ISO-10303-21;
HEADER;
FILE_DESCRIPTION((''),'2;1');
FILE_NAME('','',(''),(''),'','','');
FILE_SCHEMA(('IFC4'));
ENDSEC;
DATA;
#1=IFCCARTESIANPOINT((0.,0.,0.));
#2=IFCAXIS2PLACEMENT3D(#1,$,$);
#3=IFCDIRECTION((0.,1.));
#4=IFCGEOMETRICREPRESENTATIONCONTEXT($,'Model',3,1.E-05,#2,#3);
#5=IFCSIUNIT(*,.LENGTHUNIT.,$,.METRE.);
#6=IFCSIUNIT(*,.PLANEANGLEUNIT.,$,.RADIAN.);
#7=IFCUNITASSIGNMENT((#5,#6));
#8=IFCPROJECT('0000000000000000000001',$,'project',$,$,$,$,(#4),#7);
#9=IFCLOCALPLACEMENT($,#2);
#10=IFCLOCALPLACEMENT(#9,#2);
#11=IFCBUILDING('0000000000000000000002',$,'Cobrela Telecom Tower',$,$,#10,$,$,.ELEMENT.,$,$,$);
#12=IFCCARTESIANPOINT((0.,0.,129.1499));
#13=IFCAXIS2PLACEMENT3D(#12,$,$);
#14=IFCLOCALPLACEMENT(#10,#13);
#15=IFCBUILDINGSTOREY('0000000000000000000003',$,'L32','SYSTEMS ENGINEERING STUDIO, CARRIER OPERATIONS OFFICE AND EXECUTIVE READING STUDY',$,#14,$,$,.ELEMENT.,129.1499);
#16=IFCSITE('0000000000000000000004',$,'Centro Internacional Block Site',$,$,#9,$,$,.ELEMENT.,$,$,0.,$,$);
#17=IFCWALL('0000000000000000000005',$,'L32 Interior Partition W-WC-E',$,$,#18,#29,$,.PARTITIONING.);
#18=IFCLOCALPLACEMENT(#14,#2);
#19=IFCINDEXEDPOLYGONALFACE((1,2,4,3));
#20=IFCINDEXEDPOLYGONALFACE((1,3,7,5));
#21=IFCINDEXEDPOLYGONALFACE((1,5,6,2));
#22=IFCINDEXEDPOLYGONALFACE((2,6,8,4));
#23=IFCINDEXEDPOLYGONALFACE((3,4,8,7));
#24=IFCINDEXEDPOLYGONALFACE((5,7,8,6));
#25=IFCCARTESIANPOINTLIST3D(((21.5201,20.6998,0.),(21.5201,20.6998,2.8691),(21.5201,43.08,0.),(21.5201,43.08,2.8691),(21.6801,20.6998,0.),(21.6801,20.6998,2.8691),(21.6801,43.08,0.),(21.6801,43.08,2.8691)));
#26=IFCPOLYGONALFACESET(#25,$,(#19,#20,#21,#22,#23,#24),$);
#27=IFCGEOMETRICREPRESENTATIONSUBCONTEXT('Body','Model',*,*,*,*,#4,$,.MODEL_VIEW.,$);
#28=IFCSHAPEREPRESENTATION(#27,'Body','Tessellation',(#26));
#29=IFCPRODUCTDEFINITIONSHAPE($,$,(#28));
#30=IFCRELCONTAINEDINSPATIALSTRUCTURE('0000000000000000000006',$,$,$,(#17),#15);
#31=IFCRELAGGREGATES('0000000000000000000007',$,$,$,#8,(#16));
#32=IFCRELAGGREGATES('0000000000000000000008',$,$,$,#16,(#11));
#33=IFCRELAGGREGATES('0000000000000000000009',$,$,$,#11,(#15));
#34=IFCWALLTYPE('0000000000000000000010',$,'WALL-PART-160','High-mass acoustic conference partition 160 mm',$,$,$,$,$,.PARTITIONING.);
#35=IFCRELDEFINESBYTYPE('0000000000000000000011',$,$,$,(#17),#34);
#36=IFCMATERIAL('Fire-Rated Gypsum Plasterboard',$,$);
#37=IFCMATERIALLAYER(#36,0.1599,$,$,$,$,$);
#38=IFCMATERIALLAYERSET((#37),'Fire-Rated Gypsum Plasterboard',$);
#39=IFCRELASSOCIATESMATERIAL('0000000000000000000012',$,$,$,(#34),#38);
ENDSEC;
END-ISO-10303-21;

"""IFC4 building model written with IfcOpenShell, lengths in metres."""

from ifc_helpers import new_model, si_unit, direction, frame, frame_2d, origin, place, context, subcontext, project, spatial, rectangle, extrude, material, layer, layer_set, type_object, element, save


model = new_model("IFC4")

# Units and contexts
model_context = context("Model", 3, precision=1e-05, world=origin(), true_north=direction((0.0, 1.0)))
body_context = subcontext(model_context, "Body", "Model", "MODEL_VIEW")
ifc_project = project(units=[si_unit("LENGTHUNIT", "METRE"), si_unit("PLANEANGLEUNIT", "RADIAN")], contexts=[model_context])

# Site, building, storey
site_placement = place(None, origin())
site = spatial("IfcSite", under=ifc_project, at=site_placement, Name="Centro Internacional Block Site", CompositionType="ELEMENT", RefElevation=0.0)
building_placement = place(site_placement, origin())
building = spatial("IfcBuilding", under=site, at=building_placement, Name="Cobrela Telecom Tower", CompositionType="ELEMENT")
storey_placement = place(building_placement, frame((0.0, 0.0, 129.1499)))
storey = spatial("IfcBuildingStorey", under=building, at=storey_placement, Name="L32", Description="SYSTEMS ENGINEERING STUDIO, CARRIER OPERATIONS OFFICE AND EXECUTIVE READING STUDY", CompositionType="ELEMENT", Elevation=129.1499)

# Wall
ifc_material_1 = material(Name="Fire-Rated Gypsum Plasterboard")
ifc_layer_1 = layer(ifc_material_1, 0.1599)
ifc_layer_set_1 = layer_set([ifc_layer_1], Name="Fire-Rated Gypsum Plasterboard")
wall_type = type_object("IfcWallType", Name="WALL-PART-160", Description="High-mass acoustic conference partition 160 mm", PredefinedType="PARTITIONING", material=ifc_layer_set_1)
wall_placement = place(storey_placement, frame((21.6001, 20.7, 0.0), z_axis=(0.0, 0.0, 1.0), x_axis=(0.0, 1.0, 0.0)))
element("IfcWall", 1, at=wall_placement, inside=storey, type_object=wall_type, Name="L32 Interior Partition W-WC-E", PredefinedType="PARTITIONING", context=body_context, shape_type="SweptSolid", body=[
    extrude(rectangle(XDim=22.3801, YDim=0.1599, at=frame_2d((11.1899, 0.0))), origin(), (0.0, 0.0, 1.0), 2.8691),
])

save(model, "model.ifc")
